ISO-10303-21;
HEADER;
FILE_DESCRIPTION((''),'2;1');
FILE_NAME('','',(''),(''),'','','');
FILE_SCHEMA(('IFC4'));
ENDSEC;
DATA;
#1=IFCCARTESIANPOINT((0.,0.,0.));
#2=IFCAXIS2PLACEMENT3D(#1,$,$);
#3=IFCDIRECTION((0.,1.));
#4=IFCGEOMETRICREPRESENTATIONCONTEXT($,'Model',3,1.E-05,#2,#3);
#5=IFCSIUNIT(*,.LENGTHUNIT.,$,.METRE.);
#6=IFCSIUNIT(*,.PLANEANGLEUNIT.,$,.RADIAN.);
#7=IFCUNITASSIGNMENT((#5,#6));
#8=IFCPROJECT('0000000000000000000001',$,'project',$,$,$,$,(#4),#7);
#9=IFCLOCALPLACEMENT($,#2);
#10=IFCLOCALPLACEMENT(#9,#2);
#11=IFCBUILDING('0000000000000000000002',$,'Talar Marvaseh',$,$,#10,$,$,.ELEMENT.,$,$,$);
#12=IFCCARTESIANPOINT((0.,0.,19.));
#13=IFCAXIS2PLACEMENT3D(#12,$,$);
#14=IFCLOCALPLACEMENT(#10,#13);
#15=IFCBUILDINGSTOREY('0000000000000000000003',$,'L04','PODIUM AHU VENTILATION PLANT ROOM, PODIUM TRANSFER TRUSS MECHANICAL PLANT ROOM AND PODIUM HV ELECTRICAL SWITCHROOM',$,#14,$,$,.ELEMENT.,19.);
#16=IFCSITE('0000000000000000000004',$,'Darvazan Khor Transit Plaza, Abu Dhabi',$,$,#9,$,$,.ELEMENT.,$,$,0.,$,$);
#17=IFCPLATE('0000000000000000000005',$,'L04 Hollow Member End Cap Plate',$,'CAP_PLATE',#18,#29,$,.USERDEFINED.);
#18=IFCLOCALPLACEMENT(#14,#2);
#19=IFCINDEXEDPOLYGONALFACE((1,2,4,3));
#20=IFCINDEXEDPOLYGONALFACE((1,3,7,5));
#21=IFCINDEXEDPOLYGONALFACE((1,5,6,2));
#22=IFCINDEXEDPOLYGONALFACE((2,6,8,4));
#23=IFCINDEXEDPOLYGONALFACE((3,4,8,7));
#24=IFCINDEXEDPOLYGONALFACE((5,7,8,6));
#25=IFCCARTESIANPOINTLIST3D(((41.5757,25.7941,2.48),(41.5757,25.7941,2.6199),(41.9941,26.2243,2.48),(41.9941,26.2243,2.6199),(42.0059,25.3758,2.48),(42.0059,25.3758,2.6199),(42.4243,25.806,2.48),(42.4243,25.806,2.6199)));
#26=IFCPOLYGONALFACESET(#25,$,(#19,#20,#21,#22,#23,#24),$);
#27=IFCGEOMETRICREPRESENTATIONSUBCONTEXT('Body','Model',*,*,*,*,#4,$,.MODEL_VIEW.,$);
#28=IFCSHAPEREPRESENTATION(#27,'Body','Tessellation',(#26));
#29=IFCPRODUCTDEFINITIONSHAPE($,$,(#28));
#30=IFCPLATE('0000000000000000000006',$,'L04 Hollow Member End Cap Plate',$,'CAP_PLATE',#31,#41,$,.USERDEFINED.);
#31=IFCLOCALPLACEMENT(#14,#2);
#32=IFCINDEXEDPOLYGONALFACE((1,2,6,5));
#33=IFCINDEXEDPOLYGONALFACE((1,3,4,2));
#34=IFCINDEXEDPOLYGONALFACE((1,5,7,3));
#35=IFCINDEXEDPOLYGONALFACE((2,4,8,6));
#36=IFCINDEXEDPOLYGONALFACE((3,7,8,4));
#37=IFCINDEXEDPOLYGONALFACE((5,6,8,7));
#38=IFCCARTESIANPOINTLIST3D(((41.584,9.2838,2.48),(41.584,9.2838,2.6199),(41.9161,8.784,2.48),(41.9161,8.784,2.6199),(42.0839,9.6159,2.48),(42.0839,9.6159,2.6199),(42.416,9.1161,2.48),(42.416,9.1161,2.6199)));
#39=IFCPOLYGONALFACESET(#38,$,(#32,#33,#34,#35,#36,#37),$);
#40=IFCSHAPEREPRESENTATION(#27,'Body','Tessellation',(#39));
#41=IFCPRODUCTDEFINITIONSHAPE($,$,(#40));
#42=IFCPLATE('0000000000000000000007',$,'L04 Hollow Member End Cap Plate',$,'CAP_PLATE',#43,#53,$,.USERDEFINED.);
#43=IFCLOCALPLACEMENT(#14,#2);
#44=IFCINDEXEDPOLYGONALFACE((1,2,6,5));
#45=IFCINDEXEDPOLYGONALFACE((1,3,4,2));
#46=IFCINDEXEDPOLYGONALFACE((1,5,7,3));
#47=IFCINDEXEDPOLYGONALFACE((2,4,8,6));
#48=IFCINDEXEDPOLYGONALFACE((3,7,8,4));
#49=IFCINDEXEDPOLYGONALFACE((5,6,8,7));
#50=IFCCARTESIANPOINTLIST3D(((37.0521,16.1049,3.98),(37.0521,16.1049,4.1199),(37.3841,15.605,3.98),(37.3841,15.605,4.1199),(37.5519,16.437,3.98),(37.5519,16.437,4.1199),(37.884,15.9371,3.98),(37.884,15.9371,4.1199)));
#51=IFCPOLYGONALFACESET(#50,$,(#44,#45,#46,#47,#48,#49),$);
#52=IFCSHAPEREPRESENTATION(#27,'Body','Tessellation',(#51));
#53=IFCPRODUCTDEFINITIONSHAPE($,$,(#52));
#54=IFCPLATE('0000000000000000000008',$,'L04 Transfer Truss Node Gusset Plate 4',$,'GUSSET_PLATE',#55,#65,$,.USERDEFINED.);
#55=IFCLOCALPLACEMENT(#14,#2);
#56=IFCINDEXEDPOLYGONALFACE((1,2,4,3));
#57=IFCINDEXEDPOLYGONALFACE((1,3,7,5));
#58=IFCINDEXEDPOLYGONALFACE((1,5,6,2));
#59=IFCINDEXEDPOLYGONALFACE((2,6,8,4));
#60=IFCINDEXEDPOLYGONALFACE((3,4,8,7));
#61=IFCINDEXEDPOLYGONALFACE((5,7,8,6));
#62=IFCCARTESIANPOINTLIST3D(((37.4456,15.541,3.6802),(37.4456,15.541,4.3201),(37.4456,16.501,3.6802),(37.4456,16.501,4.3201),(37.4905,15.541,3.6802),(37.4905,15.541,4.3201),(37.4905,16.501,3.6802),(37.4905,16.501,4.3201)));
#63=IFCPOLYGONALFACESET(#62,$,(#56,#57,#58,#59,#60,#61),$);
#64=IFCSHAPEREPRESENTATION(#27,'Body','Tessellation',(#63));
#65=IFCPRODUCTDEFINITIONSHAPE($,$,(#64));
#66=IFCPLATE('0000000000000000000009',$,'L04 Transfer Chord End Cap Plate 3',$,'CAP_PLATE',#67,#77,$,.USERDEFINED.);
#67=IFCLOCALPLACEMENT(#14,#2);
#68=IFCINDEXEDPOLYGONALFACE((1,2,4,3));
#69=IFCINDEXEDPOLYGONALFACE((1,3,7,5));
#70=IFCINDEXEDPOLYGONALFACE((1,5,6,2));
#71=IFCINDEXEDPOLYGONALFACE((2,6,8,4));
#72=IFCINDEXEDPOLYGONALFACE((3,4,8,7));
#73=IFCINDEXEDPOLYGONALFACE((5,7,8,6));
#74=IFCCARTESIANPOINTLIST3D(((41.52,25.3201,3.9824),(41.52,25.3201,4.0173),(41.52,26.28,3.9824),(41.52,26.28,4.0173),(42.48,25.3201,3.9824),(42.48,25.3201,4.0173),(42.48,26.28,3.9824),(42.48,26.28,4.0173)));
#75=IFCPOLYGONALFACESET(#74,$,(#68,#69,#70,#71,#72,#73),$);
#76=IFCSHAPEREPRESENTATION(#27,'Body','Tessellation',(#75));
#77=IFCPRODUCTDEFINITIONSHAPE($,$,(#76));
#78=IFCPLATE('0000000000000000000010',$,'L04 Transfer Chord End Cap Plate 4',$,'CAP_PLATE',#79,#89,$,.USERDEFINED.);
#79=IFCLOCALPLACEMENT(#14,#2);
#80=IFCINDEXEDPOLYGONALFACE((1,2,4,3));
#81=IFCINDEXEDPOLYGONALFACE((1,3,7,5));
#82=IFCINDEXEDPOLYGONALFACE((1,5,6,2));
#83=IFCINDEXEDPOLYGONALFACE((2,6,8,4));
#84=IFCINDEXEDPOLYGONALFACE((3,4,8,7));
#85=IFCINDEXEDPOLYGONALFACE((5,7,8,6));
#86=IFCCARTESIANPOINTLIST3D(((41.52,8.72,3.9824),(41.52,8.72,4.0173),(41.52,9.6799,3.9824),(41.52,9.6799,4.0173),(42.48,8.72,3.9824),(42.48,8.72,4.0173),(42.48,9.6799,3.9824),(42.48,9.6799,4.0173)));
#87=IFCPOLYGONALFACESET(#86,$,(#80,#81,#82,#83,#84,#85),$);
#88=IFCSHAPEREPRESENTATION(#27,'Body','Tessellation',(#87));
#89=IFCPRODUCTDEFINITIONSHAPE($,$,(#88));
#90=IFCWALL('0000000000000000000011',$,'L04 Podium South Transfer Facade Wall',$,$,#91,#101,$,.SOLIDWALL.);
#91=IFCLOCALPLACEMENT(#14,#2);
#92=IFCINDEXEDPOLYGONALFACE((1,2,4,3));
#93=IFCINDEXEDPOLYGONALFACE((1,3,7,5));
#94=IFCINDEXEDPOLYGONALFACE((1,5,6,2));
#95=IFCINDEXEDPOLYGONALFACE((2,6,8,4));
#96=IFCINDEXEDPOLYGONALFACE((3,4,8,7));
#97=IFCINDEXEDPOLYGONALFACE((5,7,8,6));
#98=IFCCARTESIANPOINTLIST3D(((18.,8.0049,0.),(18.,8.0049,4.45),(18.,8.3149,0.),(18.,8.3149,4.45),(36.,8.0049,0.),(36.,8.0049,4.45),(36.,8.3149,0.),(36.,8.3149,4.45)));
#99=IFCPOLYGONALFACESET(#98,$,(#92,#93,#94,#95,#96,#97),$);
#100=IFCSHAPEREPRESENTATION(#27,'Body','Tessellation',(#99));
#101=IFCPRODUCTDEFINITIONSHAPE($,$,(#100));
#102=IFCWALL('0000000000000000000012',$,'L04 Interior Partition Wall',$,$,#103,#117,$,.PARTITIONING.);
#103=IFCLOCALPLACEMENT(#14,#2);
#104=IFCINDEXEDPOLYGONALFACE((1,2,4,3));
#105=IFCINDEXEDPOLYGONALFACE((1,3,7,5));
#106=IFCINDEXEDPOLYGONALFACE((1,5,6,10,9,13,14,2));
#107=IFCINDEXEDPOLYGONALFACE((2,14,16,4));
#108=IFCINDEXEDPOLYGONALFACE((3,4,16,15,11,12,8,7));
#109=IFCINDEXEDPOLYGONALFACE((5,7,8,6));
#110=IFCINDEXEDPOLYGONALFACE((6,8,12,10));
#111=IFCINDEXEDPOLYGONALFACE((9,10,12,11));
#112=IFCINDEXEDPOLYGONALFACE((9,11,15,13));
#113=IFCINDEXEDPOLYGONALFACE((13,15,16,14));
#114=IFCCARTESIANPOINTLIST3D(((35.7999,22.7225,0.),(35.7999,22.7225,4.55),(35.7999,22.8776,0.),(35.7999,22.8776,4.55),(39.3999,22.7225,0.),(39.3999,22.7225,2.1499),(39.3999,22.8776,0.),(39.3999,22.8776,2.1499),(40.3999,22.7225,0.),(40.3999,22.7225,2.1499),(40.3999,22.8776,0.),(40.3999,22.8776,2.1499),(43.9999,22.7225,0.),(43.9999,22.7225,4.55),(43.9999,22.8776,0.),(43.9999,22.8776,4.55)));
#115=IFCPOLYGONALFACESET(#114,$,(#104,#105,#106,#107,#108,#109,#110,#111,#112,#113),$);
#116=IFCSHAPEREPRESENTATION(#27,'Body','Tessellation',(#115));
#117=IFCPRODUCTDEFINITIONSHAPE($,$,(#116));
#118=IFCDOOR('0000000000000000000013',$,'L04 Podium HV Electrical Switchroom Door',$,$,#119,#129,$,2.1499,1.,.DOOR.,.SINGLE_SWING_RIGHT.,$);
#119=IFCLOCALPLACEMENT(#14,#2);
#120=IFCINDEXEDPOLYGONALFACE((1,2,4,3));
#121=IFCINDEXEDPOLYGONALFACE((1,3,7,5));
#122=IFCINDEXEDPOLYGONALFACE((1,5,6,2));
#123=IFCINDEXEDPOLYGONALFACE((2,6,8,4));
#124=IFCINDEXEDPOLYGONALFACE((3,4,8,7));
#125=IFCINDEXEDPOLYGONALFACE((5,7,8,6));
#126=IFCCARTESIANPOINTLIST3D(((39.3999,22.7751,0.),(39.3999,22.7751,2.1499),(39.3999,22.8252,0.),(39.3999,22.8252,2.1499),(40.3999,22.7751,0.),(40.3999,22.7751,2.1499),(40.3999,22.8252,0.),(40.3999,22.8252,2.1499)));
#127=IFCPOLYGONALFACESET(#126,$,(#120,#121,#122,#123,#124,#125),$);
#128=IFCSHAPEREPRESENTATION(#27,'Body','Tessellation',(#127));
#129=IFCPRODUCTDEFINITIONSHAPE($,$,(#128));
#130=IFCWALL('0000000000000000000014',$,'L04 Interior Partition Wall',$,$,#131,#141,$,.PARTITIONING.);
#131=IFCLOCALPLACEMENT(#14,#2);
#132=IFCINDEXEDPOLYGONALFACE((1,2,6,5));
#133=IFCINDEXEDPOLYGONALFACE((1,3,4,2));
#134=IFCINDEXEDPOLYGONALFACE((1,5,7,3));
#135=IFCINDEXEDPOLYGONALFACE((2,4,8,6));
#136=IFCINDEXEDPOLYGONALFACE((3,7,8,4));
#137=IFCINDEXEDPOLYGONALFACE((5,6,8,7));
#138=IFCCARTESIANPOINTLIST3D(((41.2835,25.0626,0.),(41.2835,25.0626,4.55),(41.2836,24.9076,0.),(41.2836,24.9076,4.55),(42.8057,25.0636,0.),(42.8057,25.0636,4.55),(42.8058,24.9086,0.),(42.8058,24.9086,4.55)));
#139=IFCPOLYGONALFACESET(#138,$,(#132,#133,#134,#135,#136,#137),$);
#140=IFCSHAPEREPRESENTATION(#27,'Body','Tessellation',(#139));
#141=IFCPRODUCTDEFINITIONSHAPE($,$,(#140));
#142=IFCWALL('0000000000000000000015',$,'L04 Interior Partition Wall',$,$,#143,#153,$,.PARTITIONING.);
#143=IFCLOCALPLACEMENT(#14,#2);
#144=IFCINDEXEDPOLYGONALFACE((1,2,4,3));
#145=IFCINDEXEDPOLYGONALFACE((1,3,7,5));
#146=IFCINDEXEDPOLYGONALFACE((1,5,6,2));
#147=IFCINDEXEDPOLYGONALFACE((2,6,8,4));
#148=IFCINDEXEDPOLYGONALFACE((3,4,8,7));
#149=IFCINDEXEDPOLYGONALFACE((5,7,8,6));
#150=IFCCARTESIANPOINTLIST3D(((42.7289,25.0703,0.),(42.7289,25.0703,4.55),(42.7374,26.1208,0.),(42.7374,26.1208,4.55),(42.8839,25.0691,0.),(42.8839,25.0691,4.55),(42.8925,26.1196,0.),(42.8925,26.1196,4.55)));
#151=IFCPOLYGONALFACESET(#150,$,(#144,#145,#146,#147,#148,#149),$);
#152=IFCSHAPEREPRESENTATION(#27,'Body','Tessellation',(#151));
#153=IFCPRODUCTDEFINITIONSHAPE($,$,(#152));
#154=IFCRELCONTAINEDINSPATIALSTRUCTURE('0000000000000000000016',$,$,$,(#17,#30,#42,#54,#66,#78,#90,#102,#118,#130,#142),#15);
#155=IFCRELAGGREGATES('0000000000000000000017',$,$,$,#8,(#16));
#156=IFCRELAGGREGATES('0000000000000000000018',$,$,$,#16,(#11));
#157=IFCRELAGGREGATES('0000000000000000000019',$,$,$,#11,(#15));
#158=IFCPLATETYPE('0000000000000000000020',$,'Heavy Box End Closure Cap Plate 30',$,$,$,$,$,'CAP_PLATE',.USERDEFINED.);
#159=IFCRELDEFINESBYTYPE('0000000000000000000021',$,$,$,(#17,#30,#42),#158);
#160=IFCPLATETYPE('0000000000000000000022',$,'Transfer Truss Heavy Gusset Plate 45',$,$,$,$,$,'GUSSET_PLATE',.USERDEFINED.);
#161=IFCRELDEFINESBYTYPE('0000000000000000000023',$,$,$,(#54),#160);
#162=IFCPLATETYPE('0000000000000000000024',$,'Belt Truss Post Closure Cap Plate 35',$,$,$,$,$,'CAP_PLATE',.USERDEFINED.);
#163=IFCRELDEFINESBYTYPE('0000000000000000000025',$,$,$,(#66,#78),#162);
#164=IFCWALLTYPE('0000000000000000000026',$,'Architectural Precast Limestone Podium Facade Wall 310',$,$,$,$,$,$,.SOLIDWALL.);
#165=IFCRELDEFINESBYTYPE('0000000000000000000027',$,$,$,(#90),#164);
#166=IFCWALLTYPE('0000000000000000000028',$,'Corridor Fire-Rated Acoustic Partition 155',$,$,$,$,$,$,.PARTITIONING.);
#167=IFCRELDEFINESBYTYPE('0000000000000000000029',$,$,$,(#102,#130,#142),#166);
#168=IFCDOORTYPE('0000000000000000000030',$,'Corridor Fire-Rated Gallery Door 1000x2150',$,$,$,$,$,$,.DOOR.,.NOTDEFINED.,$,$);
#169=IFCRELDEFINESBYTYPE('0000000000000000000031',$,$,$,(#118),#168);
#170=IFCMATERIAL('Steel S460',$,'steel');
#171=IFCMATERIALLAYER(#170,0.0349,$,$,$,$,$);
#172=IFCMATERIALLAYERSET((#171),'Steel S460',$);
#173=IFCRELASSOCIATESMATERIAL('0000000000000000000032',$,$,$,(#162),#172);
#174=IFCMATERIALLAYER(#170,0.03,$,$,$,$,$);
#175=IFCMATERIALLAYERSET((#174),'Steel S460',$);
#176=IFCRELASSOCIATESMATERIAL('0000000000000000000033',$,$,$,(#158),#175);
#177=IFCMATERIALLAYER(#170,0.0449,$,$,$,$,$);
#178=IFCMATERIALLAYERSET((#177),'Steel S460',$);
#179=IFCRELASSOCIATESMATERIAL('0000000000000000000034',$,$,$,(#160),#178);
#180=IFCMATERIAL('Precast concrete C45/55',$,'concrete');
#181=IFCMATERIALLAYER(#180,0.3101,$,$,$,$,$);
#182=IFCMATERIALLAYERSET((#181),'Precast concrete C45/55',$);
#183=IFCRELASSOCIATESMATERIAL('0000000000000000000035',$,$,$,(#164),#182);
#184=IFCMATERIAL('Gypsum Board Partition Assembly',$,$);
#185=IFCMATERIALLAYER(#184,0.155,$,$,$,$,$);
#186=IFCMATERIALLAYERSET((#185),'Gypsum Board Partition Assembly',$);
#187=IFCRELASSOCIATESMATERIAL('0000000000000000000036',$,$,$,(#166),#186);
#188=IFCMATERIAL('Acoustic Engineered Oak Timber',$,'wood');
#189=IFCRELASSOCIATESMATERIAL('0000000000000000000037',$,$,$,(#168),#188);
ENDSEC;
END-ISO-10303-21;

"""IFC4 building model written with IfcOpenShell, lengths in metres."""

from ifc_helpers import new_model, si_unit, direction, frame, frame_2d, origin, origin_2d, place, context, subcontext, project, spatial, rectangle, extrude, source, transform, mapped, material, layer, layer_set, type_object, type_shapes, element, fill, save


model = new_model("IFC4")

# Units and contexts
model_context = context("Model", 3, precision=1e-05, world=origin(), true_north=direction((0.0, 1.0)))
body_context = subcontext(model_context, "Body", "Model", "MODEL_VIEW")
ifc_project = project(units=[si_unit("LENGTHUNIT", "METRE"), si_unit("PLANEANGLEUNIT", "RADIAN")], contexts=[model_context])

# Site, building, storey
site_placement = place(None, origin())
site = spatial("IfcSite", under=ifc_project, at=site_placement, Name="Darvazan Khor Transit Plaza, Abu Dhabi", CompositionType="ELEMENT", RefElevation=0.0)
building_placement = place(site_placement, origin())
building = spatial("IfcBuilding", under=site, at=building_placement, Name="Talar Marvaseh", CompositionType="ELEMENT")
storey_placement = place(building_placement, frame((0.0, 0.0, 19.0)))
storey = spatial("IfcBuildingStorey", under=building, at=storey_placement, Name="L04", Description="PODIUM AHU VENTILATION PLANT ROOM, PODIUM TRANSFER TRUSS MECHANICAL PLANT ROOM AND PODIUM HV ELECTRICAL SWITCHROOM", CompositionType="ELEMENT", Elevation=19.0)

# Shared definitions
ifc_material_1 = material(Name="Steel S460", Category="steel")

# Plates
ifc_layer_1 = layer(ifc_material_1, 0.0349)
ifc_layer_set_1 = layer_set([ifc_layer_1], Name="Steel S460")
plate_type_1 = type_object("IfcPlateType", Name="Belt Truss Post Closure Cap Plate 35", ElementType="CAP_PLATE", PredefinedType="USERDEFINED", material=ifc_layer_set_1)
ifc_layer_2 = layer(ifc_material_1, 0.03)
ifc_layer_set_2 = layer_set([ifc_layer_2], Name="Steel S460")
plate_type_2 = type_object("IfcPlateType", Name="Heavy Box End Closure Cap Plate 30", ElementType="CAP_PLATE", PredefinedType="USERDEFINED", material=ifc_layer_set_2)
shared_shape_1 = source(origin(), body_context, "Body", "SweptSolid", [
    extrude(rectangle(XDim=0.6001, YDim=0.6001, at=origin_2d()), origin(), (0.0, 0.0, 1.0), 0.1399),
])
type_shapes(plate_type_2, [shared_shape_1])
for number, where, z_axis, x_axis, name in (
    (1, (42.0, 25.8, 2.48), (0.0, 0.0, 1.0), (0.716911, -0.697165, 0.0), "L04 Hollow Member End Cap Plate"),
    (2, (42.0, 9.2, 2.48), (0.0, 0.0, 1.0), (-0.553392, 0.832921, 0.0), "L04 Hollow Member End Cap Plate"),
    (3, (37.468, 16.021, 3.98), (0.0, 0.0, 1.0), (-0.553392, 0.832921, 0.0), "L04 Hollow Member End Cap Plate"),
):
    element("IfcPlate", number, at=place(storey_placement, frame(where, z_axis=z_axis, x_axis=x_axis)), inside=storey, type_object=plate_type_2, Name=name, ObjectType="CAP_PLATE", PredefinedType="USERDEFINED", context=body_context, shape_type="MappedRepresentation", body=[
        mapped(shared_shape_1, transform((0.0, 0.0, 0.0), x_axis=(1.0, 0.0, 0.0), y_axis=(0.0, 1.0, 0.0), z_axis=(0.0, 0.0, 1.0), scale=1.0)),
    ])
ifc_layer_3 = layer(ifc_material_1, 0.0449)
ifc_layer_set_3 = layer_set([ifc_layer_3], Name="Steel S460")
plate_type_3 = type_object("IfcPlateType", Name="Transfer Truss Heavy Gusset Plate 45", ElementType="GUSSET_PLATE", PredefinedType="USERDEFINED", material=ifc_layer_set_3)
shared_shape_2 = source(origin(), body_context, "Body", "SweptSolid", [
    extrude(rectangle(XDim=0.96, YDim=0.0449, at=origin_2d()), origin(), (0.0, 0.0, 1.0), 0.6399),
])
type_shapes(plate_type_3, [shared_shape_2])
plate_placement = place(storey_placement, frame((37.468, 16.021, 3.6802), z_axis=(0.0, 0.0, 1.0), x_axis=(0.0, 1.0, 0.0)))
element("IfcPlate", 4, at=plate_placement, inside=storey, type_object=plate_type_3, Name="L04 Transfer Truss Node Gusset Plate 4", ObjectType="GUSSET_PLATE", PredefinedType="USERDEFINED", context=body_context, shape_type="MappedRepresentation", body=[
    mapped(shared_shape_2, transform((0.0, 0.0, 0.0), x_axis=(1.0, 0.0, 0.0), y_axis=(0.0, 1.0, 0.0), z_axis=(0.0, 0.0, 1.0), scale=1.0)),
])
shared_shape_3 = source(origin(), body_context, "Body", "SweptSolid", [
    extrude(rectangle(XDim=0.96, YDim=0.96, at=origin_2d()), origin(), (0.0, 0.0, 1.0), 0.0349),
])
for number, where, z_axis, x_axis, name in (
    (5, (42.0, 25.8, 3.9824), (0.0, 0.0, 1.0), (1.0, 0.0, 0.0), "L04 Transfer Chord End Cap Plate 3"),
    (6, (42.0, 9.2, 3.9824), (0.0, 0.0, 1.0), (1.0, 0.0, 0.0), "L04 Transfer Chord End Cap Plate 4"),
):
    element("IfcPlate", number, at=place(storey_placement, frame(where, z_axis=z_axis, x_axis=x_axis)), inside=storey, type_object=plate_type_1, Name=name, ObjectType="CAP_PLATE", PredefinedType="USERDEFINED", context=body_context, shape_type="MappedRepresentation", body=[
        mapped(shared_shape_3, transform((0.0, 0.0, 0.0), x_axis=(1.0, 0.0, 0.0), y_axis=(0.0, 1.0, 0.0), z_axis=(0.0, 0.0, 1.0), scale=1.0)),
    ])

# Wall
ifc_material_2 = material(Name="Precast concrete C45/55", Category="concrete")
ifc_layer_4 = layer(ifc_material_2, 0.3101)
ifc_layer_set_4 = layer_set([ifc_layer_4], Name="Precast concrete C45/55")
wall_type_1 = type_object("IfcWallType", Name="Architectural Precast Limestone Podium Facade Wall 310", PredefinedType="SOLIDWALL", material=ifc_layer_set_4)
wall_1_placement = place(storey_placement, frame((36.0, 8.1599, 0.0), z_axis=(0.0, 0.0, 1.0), x_axis=(-1.0, 0.0, 0.0)))
element("IfcWall", 7, at=wall_1_placement, inside=storey, type_object=wall_type_1, Name="L04 Podium South Transfer Facade Wall", PredefinedType="SOLIDWALL", context=body_context, shape_type="SweptSolid", body=[
    extrude(rectangle(XDim=18.0, YDim=0.3101, at=frame_2d((9.0, 0.0))), origin(), (0.0, 0.0, 1.0), 4.45),
])

# Wall, opening, door
ifc_material_3 = material(Name="Gypsum Board Partition Assembly")
ifc_layer_5 = layer(ifc_material_3, 0.155)
ifc_layer_set_5 = layer_set([ifc_layer_5], Name="Gypsum Board Partition Assembly")
wall_type_2 = type_object("IfcWallType", Name="Corridor Fire-Rated Acoustic Partition 155", PredefinedType="PARTITIONING", material=ifc_layer_set_5)
wall_2_placement = place(storey_placement, frame((44.0, 22.8, 0.0), z_axis=(0.0, 0.0, 1.0), x_axis=(-1.0, 0.0, 0.0)))
wall_2 = element("IfcWall", 8, at=wall_2_placement, inside=storey, type_object=wall_type_2, Name="L04 Interior Partition Wall", PredefinedType="PARTITIONING", context=body_context, shape_type="SweptSolid", body=[
    extrude(rectangle(XDim=8.2, YDim=0.155, at=frame_2d((4.1001, 0.0))), origin(), (0.0, 0.0, 1.0), 4.55),
])
opening_placement = place(wall_2_placement, frame((3.6001, 0.0, 0.0)))
opening = element("IfcOpeningElement", 9, at=opening_placement, cuts=wall_2, PredefinedType="OPENING", context=body_context, shape_type="SweptSolid", body=[
    extrude(rectangle(XDim=1.0, YDim=2.1499, at=frame_2d((0.5, 1.075))), frame((0.0, 0.0874, 0.0), z_axis=(0.0, -1.0, 0.0), x_axis=(1.0, 0.0, 0.0)), (0.0, 0.0, 1.0), 0.175),
])
ifc_material_4 = material(Name="Acoustic Engineered Oak Timber", Category="wood")
door_type = type_object("IfcDoorType", Name="Corridor Fire-Rated Gallery Door 1000x2150", OperationType="NOTDEFINED", PredefinedType="DOOR", material=ifc_material_4)
shared_shape_4 = source(origin(), body_context, "Body", "SweptSolid", [
    extrude(rectangle(XDim=1.0, YDim=2.1499, at=frame_2d((0.5, 1.075))), frame((0.0, 0.0249, 0.0), z_axis=(0.0, -1.0, 0.0), x_axis=(1.0, 0.0, 0.0)), (0.0, 0.0, 1.0), 0.05),
])
type_shapes(door_type, [shared_shape_4])
door_placement = place(opening_placement, origin())
door = element("IfcDoor", 10, at=door_placement, inside=storey, type_object=door_type, Name="L04 Podium HV Electrical Switchroom Door", OperationType="SINGLE_SWING_RIGHT", OverallHeight=2.1499, OverallWidth=1.0, PredefinedType="DOOR", context=body_context, shape_type="MappedRepresentation", body=[
    mapped(shared_shape_4, transform((0.0, 0.0, 0.0), x_axis=(1.0, 0.0, 0.0), y_axis=(0.0, 1.0, 0.0), z_axis=(0.0, 0.0, 1.0), scale=1.0)),
])
fill(opening, door)

# Walls
wall_3_placement = place(storey_placement, frame((41.2834, 24.9851, 0.0), z_axis=(0.0, 0.0, 1.0), x_axis=(1.0, 0.000642, 0.0)))
element("IfcWall", 11, at=wall_3_placement, inside=storey, type_object=wall_type_2, Name="L04 Interior Partition Wall", PredefinedType="PARTITIONING", context=body_context, shape_type="SweptSolid", body=[
    extrude(rectangle(XDim=1.5222, YDim=0.155, at=frame_2d((0.7612, 0.0))), origin(), (0.0, 0.0, 1.0), 4.55),
])
wall_4_placement = place(storey_placement, frame((42.8064, 25.0696, 0.0), z_axis=(0.0, 0.0, 1.0), x_axis=(0.008134, 0.999967, 0.0)))
element("IfcWall", 12, at=wall_4_placement, inside=storey, type_object=wall_type_2, Name="L04 Interior Partition Wall", PredefinedType="PARTITIONING", context=body_context, shape_type="SweptSolid", body=[
    extrude(rectangle(XDim=1.0505, YDim=0.155, at=frame_2d((0.5254, 0.0))), origin(), (0.0, 0.0, 1.0), 4.55),
])

save(model, "model.ifc")
